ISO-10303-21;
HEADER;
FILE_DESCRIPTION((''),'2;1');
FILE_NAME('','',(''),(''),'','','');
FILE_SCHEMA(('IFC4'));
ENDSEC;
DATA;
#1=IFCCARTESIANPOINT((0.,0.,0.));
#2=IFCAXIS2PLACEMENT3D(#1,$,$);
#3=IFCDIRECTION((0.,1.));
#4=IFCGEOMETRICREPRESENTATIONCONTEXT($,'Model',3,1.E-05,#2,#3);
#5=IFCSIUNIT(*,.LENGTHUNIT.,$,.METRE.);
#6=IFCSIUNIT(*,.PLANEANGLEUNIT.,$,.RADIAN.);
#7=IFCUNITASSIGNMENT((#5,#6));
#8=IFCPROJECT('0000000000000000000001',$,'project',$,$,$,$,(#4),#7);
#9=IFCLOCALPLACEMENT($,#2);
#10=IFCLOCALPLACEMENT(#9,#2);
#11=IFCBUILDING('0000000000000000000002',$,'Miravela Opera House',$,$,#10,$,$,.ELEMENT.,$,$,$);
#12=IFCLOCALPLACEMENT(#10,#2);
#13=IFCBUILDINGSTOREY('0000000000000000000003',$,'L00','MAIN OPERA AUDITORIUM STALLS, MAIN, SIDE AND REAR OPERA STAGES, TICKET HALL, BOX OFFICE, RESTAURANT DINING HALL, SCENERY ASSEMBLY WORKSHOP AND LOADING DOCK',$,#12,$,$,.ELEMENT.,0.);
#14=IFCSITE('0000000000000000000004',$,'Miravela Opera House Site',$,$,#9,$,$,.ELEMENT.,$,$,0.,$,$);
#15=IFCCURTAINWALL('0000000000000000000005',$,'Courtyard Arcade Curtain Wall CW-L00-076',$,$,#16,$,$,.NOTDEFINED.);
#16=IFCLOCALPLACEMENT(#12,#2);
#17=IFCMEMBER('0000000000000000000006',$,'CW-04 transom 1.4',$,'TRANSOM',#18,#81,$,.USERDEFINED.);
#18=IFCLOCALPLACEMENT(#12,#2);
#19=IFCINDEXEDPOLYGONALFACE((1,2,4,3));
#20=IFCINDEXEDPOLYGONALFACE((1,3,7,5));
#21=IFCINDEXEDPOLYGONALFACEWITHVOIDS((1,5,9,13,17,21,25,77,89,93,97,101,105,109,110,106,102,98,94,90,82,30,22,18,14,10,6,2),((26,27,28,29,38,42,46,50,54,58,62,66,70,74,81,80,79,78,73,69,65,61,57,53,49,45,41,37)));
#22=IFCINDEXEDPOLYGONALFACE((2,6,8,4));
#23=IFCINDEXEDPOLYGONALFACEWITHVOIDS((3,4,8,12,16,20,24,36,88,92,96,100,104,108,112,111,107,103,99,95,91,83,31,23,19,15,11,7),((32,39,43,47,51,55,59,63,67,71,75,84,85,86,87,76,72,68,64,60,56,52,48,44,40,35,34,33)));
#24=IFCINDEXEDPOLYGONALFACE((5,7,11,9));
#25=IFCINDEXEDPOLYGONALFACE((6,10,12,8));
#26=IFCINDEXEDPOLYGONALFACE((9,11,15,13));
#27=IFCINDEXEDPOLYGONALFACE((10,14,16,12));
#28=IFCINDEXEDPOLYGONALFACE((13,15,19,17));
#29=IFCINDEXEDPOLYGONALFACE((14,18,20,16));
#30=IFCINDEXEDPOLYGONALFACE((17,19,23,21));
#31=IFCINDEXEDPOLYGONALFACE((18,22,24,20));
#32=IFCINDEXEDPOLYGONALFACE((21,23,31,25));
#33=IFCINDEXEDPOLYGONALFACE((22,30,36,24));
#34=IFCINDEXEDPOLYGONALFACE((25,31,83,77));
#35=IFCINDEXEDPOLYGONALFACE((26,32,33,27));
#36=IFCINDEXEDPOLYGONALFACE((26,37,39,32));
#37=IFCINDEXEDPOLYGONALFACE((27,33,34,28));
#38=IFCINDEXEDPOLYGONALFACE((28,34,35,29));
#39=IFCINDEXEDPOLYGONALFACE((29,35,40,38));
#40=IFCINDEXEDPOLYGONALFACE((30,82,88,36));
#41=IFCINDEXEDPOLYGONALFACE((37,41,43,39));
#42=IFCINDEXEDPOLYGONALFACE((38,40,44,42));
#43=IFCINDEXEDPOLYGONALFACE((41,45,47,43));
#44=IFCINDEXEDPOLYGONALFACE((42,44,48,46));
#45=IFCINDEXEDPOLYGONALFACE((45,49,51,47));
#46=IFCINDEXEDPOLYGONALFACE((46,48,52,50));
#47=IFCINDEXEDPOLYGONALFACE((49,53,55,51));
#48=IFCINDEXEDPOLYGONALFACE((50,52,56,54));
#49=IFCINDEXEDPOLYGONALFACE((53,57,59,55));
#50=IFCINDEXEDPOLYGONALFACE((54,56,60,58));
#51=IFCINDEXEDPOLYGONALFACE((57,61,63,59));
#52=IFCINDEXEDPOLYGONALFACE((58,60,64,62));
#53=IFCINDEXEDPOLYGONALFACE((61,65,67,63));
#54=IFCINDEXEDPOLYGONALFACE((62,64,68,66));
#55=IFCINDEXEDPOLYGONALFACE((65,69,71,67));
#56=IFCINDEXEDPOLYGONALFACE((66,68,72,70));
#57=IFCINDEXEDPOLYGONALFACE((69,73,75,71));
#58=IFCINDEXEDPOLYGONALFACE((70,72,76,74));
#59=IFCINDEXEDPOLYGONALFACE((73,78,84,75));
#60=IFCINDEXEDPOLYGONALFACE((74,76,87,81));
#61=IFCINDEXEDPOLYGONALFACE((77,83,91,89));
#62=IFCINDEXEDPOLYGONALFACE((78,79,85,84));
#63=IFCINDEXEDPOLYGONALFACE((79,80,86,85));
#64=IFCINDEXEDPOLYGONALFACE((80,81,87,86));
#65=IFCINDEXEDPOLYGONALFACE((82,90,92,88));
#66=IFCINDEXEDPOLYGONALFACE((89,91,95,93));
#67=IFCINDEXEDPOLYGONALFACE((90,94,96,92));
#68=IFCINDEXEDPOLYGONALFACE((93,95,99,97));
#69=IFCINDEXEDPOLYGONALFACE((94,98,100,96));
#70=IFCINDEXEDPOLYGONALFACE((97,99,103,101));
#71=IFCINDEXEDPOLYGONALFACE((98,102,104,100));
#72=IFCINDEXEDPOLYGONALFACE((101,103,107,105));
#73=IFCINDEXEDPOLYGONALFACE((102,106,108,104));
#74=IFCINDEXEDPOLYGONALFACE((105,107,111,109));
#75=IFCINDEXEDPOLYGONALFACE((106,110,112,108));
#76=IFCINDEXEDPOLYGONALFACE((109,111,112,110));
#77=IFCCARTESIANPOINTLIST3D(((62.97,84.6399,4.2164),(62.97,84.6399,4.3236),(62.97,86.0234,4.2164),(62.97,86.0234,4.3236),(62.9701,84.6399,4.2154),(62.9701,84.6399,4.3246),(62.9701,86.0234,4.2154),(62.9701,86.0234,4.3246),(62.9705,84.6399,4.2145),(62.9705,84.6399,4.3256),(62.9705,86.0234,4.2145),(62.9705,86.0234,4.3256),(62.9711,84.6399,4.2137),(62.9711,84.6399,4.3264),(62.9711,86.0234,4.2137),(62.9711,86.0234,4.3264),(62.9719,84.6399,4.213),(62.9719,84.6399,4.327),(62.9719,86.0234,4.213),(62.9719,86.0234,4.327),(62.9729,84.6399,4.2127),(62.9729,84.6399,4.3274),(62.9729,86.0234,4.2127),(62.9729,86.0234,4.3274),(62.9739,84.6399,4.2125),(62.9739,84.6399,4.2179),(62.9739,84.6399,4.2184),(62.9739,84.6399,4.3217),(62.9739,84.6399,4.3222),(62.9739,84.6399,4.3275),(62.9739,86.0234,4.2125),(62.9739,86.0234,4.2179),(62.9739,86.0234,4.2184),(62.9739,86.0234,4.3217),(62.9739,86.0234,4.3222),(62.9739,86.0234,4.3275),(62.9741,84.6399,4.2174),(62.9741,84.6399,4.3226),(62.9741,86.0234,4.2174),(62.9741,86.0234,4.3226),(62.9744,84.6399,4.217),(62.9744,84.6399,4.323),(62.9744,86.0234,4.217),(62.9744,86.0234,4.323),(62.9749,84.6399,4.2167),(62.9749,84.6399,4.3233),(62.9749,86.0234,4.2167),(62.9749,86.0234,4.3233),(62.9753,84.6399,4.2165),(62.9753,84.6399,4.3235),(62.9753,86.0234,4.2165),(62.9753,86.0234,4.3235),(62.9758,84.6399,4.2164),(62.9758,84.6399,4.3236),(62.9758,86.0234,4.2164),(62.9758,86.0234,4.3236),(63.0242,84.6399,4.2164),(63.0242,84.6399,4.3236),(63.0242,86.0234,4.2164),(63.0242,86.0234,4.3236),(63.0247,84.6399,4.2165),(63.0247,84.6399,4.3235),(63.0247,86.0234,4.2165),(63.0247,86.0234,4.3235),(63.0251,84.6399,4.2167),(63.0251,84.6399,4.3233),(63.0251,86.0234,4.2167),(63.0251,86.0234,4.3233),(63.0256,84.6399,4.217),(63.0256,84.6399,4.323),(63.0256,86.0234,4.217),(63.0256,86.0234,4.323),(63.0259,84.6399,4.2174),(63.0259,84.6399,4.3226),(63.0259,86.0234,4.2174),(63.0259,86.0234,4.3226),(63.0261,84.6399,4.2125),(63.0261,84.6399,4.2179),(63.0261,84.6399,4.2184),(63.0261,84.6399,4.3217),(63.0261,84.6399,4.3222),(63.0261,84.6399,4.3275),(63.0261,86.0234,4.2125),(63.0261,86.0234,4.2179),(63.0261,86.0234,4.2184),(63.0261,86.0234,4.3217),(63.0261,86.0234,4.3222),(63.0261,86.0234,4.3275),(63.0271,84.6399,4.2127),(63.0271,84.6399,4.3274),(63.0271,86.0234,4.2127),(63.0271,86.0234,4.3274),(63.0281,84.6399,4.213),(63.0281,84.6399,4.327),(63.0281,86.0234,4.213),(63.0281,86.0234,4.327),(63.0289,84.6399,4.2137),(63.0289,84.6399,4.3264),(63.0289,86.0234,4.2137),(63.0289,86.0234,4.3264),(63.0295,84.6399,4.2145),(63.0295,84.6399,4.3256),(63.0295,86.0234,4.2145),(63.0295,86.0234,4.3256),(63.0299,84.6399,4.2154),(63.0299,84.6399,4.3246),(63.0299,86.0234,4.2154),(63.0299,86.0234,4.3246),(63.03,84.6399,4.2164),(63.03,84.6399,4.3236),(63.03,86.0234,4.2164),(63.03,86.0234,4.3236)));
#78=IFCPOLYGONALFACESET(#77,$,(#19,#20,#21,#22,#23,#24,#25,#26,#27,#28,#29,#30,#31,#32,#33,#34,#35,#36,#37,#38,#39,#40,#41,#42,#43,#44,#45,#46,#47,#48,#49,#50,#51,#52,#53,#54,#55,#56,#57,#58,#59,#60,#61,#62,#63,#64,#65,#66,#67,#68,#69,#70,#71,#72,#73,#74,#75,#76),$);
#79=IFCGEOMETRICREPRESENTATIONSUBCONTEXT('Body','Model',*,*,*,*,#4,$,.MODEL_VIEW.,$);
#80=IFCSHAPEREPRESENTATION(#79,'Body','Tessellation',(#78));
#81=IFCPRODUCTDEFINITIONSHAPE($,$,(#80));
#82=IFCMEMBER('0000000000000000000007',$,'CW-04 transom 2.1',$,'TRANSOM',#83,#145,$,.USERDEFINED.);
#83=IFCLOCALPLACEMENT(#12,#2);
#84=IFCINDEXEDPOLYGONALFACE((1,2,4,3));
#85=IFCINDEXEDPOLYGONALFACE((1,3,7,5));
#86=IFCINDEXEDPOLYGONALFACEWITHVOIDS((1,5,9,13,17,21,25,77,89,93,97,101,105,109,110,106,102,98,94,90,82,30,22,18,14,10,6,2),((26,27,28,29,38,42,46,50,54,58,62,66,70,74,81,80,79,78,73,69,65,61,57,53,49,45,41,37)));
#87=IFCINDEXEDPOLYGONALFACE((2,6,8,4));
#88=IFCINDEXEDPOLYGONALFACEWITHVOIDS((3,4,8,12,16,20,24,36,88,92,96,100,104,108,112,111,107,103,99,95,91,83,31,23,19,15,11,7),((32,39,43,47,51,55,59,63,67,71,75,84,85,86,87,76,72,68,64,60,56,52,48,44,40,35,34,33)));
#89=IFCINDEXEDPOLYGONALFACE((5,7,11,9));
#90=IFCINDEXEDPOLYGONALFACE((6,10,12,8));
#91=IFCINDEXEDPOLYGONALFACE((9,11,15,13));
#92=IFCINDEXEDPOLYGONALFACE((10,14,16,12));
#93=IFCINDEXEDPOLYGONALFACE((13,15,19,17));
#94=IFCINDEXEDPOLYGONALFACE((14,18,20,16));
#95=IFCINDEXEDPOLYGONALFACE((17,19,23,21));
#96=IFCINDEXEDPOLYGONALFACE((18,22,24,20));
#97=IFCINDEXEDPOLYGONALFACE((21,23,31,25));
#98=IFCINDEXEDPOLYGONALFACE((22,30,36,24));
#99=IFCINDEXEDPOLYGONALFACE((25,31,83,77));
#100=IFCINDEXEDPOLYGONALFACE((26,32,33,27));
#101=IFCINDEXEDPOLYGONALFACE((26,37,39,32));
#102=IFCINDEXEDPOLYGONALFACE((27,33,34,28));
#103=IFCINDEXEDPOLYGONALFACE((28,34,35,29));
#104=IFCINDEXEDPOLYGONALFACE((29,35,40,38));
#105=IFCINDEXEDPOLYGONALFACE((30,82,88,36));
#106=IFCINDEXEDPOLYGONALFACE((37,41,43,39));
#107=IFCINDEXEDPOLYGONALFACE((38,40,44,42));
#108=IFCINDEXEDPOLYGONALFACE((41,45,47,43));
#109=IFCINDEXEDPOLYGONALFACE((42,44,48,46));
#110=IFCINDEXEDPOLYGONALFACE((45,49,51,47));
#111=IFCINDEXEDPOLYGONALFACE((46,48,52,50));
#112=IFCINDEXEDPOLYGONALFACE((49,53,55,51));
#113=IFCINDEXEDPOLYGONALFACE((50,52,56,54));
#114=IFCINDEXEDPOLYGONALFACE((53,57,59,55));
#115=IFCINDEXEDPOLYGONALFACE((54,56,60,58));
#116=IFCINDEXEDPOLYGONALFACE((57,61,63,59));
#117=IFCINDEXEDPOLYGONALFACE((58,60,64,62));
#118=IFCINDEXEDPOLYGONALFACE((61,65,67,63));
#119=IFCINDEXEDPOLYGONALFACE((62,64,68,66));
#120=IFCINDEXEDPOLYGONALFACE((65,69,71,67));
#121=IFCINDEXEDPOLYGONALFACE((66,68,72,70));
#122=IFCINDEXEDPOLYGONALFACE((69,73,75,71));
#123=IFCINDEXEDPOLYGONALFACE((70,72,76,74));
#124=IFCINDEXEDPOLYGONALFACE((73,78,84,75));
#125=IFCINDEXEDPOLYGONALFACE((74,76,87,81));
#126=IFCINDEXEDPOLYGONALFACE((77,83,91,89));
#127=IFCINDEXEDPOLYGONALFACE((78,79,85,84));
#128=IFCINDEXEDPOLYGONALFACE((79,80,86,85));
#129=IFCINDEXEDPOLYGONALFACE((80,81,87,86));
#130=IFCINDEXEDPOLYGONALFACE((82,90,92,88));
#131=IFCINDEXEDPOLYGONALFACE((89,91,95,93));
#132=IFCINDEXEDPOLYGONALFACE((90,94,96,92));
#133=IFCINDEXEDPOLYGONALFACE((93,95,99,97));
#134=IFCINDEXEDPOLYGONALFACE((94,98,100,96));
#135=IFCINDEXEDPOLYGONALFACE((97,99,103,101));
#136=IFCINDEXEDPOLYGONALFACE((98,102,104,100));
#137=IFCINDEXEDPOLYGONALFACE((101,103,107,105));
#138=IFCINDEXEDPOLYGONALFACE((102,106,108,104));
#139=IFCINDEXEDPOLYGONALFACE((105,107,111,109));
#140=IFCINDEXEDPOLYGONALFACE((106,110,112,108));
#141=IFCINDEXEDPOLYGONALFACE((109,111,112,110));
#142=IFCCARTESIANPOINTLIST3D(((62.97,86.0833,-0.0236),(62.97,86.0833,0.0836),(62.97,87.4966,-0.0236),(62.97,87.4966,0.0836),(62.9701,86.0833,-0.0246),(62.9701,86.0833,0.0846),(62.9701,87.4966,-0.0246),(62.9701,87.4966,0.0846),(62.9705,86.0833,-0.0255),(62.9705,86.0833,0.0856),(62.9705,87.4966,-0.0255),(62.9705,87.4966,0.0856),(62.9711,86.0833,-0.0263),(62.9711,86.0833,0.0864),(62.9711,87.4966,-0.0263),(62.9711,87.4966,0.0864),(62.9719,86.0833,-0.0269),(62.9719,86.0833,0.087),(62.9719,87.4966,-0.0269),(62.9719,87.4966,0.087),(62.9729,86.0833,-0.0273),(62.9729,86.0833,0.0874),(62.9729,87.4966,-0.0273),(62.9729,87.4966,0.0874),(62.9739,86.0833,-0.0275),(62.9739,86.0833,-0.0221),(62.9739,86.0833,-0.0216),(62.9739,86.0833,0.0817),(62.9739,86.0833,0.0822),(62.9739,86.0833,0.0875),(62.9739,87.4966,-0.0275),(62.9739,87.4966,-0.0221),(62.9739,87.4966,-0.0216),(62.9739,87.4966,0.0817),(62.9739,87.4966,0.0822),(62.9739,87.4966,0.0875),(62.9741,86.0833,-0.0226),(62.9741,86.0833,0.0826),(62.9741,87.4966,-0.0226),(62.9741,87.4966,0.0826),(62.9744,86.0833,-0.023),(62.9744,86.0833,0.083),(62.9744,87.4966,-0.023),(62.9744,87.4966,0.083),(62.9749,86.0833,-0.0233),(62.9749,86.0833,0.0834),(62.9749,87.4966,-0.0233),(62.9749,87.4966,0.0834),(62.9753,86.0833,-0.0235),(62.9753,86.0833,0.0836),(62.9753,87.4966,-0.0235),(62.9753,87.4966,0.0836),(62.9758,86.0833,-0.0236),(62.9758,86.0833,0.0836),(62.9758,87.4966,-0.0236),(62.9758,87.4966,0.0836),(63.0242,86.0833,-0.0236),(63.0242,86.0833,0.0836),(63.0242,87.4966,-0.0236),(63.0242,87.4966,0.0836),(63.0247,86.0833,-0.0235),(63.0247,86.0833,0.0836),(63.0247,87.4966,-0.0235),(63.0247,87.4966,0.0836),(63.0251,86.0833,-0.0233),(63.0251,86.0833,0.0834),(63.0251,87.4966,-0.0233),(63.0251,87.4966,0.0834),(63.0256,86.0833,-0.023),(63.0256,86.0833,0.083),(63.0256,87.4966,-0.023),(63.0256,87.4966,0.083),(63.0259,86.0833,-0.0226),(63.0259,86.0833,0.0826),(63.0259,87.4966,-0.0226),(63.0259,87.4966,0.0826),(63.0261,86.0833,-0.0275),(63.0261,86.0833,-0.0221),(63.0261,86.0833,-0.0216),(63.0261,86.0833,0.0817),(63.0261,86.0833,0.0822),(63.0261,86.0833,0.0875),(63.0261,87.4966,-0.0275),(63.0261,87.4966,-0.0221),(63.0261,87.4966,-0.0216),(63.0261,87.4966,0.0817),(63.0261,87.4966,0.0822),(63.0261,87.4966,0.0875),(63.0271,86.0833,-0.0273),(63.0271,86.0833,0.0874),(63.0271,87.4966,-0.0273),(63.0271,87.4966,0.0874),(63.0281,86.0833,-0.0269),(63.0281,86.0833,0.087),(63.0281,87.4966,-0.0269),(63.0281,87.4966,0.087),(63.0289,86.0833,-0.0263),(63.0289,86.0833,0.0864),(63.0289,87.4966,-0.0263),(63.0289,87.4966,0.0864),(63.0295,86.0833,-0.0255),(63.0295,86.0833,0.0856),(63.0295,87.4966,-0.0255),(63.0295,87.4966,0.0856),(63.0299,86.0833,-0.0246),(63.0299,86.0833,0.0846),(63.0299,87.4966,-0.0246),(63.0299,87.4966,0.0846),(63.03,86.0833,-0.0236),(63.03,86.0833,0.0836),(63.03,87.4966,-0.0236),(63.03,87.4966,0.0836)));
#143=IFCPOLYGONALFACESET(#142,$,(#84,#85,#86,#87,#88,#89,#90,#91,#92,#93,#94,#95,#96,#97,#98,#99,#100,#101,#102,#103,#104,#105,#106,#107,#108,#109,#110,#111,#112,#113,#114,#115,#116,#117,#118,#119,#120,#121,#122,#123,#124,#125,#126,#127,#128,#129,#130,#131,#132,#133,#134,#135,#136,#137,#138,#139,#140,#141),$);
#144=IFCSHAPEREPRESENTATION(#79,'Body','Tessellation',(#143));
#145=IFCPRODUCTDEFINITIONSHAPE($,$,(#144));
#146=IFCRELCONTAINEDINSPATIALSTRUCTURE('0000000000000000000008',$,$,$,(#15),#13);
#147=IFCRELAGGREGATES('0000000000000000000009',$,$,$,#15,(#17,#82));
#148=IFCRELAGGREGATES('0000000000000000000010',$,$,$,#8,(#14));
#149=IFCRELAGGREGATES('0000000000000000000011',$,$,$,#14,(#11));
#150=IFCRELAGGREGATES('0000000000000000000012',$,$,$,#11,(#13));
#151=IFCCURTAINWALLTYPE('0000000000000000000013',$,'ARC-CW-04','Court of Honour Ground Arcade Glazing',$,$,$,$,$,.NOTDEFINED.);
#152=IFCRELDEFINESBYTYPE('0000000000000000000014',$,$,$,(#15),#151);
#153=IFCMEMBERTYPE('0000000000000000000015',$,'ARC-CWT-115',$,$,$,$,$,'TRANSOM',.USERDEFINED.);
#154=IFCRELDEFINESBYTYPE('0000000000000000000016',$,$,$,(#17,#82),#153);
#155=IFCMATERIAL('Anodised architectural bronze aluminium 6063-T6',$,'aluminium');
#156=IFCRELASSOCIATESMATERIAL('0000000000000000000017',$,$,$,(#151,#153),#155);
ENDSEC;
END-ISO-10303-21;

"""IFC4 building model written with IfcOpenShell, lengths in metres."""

from ifc_helpers import new_model, si_unit, direction, frame, origin, origin_2d, place, context, subcontext, project, spatial, hollow_rectangle, extrude, material, material_profile, profile_set, type_object, element, aggregate, save


model = new_model("IFC4")

# Units and contexts
model_context = context("Model", 3, precision=1e-05, world=origin(), true_north=direction((0.0, 1.0)))
body_context = subcontext(model_context, "Body", "Model", "MODEL_VIEW")
ifc_project = project(units=[si_unit("LENGTHUNIT", "METRE"), si_unit("PLANEANGLEUNIT", "RADIAN")], contexts=[model_context])

# Site, building, storey
site_placement = place(None, origin())
site = spatial("IfcSite", under=ifc_project, at=site_placement, Name="Miravela Opera House Site", CompositionType="ELEMENT", RefElevation=0.0)
building_placement = place(site_placement, origin())
building = spatial("IfcBuilding", under=site, at=building_placement, Name="Miravela Opera House", CompositionType="ELEMENT")
storey_placement = place(building_placement, origin())
storey = spatial("IfcBuildingStorey", under=building, at=storey_placement, Name="L00", Description="MAIN OPERA AUDITORIUM STALLS, MAIN, SIDE AND REAR OPERA STAGES, TICKET HALL, BOX OFFICE, RESTAURANT DINING HALL, SCENERY ASSEMBLY WORKSHOP AND LOADING DOCK", CompositionType="ELEMENT", Elevation=0.0)

# Curtain wall, members
ifc_material_1 = material(Name="Anodised architectural bronze aluminium 6063-T6", Category="aluminium")
curtain_wall_type = type_object("IfcCurtainWallType", Name="ARC-CW-04", Description="Court of Honour Ground Arcade Glazing", PredefinedType="NOTDEFINED", material=ifc_material_1)
curtain_wall_placement = place(storey_placement, origin())
curtain_wall = element("IfcCurtainWall", 1, at=curtain_wall_placement, inside=storey, type_object=curtain_wall_type, Name="Courtyard Arcade Curtain Wall CW-L00-076", PredefinedType="NOTDEFINED")
ifc_material_profile_1 = material_profile(ifc_material_1, hollow_rectangle(XDim=0.0601, YDim=0.115, WallThickness=0.0039, InnerFilletRadius=0.002, OuterFilletRadius=0.0039, at=origin_2d()), Name="CWT-60X115")
ifc_profile_set_1 = profile_set([ifc_material_profile_1])
member_type_1 = type_object("IfcMemberType", Name="ARC-CWT-115", ElementType="TRANSOM", PredefinedType="USERDEFINED", material=ifc_profile_set_1)
member_1_placement = place(storey_placement, frame((63.0, 84.6399, 4.27), z_axis=(0.0, 1.0, 0.0), x_axis=(-1.0, 0.0, 0.0)))
member_1 = element("IfcMember", 2, at=member_1_placement, type_object=member_type_1, Name="CW-04 transom 1.4", ObjectType="TRANSOM", PredefinedType="USERDEFINED", context=body_context, shape_type="SweptSolid", body=[
    extrude(hollow_rectangle(XDim=0.0601, YDim=0.115, WallThickness=0.0039, InnerFilletRadius=0.002, OuterFilletRadius=0.0039, at=origin_2d()), origin(), (0.0, 0.0, 1.0), 1.3835),
])
member_2_placement = place(storey_placement, frame((63.0, 86.0833, 0.03), z_axis=(0.0, 1.0, 0.0), x_axis=(-1.0, 0.0, 0.0)))
member_2 = element("IfcMember", 3, at=member_2_placement, type_object=member_type_1, Name="CW-04 transom 2.1", ObjectType="TRANSOM", PredefinedType="USERDEFINED", context=body_context, shape_type="SweptSolid", body=[
    extrude(hollow_rectangle(XDim=0.0601, YDim=0.115, WallThickness=0.0039, InnerFilletRadius=0.002, OuterFilletRadius=0.0039, at=origin_2d()), origin(), (0.0, 0.0, 1.0), 1.4133),
])

aggregate(curtain_wall, [member_1, member_2])

save(model, "model.ifc")
